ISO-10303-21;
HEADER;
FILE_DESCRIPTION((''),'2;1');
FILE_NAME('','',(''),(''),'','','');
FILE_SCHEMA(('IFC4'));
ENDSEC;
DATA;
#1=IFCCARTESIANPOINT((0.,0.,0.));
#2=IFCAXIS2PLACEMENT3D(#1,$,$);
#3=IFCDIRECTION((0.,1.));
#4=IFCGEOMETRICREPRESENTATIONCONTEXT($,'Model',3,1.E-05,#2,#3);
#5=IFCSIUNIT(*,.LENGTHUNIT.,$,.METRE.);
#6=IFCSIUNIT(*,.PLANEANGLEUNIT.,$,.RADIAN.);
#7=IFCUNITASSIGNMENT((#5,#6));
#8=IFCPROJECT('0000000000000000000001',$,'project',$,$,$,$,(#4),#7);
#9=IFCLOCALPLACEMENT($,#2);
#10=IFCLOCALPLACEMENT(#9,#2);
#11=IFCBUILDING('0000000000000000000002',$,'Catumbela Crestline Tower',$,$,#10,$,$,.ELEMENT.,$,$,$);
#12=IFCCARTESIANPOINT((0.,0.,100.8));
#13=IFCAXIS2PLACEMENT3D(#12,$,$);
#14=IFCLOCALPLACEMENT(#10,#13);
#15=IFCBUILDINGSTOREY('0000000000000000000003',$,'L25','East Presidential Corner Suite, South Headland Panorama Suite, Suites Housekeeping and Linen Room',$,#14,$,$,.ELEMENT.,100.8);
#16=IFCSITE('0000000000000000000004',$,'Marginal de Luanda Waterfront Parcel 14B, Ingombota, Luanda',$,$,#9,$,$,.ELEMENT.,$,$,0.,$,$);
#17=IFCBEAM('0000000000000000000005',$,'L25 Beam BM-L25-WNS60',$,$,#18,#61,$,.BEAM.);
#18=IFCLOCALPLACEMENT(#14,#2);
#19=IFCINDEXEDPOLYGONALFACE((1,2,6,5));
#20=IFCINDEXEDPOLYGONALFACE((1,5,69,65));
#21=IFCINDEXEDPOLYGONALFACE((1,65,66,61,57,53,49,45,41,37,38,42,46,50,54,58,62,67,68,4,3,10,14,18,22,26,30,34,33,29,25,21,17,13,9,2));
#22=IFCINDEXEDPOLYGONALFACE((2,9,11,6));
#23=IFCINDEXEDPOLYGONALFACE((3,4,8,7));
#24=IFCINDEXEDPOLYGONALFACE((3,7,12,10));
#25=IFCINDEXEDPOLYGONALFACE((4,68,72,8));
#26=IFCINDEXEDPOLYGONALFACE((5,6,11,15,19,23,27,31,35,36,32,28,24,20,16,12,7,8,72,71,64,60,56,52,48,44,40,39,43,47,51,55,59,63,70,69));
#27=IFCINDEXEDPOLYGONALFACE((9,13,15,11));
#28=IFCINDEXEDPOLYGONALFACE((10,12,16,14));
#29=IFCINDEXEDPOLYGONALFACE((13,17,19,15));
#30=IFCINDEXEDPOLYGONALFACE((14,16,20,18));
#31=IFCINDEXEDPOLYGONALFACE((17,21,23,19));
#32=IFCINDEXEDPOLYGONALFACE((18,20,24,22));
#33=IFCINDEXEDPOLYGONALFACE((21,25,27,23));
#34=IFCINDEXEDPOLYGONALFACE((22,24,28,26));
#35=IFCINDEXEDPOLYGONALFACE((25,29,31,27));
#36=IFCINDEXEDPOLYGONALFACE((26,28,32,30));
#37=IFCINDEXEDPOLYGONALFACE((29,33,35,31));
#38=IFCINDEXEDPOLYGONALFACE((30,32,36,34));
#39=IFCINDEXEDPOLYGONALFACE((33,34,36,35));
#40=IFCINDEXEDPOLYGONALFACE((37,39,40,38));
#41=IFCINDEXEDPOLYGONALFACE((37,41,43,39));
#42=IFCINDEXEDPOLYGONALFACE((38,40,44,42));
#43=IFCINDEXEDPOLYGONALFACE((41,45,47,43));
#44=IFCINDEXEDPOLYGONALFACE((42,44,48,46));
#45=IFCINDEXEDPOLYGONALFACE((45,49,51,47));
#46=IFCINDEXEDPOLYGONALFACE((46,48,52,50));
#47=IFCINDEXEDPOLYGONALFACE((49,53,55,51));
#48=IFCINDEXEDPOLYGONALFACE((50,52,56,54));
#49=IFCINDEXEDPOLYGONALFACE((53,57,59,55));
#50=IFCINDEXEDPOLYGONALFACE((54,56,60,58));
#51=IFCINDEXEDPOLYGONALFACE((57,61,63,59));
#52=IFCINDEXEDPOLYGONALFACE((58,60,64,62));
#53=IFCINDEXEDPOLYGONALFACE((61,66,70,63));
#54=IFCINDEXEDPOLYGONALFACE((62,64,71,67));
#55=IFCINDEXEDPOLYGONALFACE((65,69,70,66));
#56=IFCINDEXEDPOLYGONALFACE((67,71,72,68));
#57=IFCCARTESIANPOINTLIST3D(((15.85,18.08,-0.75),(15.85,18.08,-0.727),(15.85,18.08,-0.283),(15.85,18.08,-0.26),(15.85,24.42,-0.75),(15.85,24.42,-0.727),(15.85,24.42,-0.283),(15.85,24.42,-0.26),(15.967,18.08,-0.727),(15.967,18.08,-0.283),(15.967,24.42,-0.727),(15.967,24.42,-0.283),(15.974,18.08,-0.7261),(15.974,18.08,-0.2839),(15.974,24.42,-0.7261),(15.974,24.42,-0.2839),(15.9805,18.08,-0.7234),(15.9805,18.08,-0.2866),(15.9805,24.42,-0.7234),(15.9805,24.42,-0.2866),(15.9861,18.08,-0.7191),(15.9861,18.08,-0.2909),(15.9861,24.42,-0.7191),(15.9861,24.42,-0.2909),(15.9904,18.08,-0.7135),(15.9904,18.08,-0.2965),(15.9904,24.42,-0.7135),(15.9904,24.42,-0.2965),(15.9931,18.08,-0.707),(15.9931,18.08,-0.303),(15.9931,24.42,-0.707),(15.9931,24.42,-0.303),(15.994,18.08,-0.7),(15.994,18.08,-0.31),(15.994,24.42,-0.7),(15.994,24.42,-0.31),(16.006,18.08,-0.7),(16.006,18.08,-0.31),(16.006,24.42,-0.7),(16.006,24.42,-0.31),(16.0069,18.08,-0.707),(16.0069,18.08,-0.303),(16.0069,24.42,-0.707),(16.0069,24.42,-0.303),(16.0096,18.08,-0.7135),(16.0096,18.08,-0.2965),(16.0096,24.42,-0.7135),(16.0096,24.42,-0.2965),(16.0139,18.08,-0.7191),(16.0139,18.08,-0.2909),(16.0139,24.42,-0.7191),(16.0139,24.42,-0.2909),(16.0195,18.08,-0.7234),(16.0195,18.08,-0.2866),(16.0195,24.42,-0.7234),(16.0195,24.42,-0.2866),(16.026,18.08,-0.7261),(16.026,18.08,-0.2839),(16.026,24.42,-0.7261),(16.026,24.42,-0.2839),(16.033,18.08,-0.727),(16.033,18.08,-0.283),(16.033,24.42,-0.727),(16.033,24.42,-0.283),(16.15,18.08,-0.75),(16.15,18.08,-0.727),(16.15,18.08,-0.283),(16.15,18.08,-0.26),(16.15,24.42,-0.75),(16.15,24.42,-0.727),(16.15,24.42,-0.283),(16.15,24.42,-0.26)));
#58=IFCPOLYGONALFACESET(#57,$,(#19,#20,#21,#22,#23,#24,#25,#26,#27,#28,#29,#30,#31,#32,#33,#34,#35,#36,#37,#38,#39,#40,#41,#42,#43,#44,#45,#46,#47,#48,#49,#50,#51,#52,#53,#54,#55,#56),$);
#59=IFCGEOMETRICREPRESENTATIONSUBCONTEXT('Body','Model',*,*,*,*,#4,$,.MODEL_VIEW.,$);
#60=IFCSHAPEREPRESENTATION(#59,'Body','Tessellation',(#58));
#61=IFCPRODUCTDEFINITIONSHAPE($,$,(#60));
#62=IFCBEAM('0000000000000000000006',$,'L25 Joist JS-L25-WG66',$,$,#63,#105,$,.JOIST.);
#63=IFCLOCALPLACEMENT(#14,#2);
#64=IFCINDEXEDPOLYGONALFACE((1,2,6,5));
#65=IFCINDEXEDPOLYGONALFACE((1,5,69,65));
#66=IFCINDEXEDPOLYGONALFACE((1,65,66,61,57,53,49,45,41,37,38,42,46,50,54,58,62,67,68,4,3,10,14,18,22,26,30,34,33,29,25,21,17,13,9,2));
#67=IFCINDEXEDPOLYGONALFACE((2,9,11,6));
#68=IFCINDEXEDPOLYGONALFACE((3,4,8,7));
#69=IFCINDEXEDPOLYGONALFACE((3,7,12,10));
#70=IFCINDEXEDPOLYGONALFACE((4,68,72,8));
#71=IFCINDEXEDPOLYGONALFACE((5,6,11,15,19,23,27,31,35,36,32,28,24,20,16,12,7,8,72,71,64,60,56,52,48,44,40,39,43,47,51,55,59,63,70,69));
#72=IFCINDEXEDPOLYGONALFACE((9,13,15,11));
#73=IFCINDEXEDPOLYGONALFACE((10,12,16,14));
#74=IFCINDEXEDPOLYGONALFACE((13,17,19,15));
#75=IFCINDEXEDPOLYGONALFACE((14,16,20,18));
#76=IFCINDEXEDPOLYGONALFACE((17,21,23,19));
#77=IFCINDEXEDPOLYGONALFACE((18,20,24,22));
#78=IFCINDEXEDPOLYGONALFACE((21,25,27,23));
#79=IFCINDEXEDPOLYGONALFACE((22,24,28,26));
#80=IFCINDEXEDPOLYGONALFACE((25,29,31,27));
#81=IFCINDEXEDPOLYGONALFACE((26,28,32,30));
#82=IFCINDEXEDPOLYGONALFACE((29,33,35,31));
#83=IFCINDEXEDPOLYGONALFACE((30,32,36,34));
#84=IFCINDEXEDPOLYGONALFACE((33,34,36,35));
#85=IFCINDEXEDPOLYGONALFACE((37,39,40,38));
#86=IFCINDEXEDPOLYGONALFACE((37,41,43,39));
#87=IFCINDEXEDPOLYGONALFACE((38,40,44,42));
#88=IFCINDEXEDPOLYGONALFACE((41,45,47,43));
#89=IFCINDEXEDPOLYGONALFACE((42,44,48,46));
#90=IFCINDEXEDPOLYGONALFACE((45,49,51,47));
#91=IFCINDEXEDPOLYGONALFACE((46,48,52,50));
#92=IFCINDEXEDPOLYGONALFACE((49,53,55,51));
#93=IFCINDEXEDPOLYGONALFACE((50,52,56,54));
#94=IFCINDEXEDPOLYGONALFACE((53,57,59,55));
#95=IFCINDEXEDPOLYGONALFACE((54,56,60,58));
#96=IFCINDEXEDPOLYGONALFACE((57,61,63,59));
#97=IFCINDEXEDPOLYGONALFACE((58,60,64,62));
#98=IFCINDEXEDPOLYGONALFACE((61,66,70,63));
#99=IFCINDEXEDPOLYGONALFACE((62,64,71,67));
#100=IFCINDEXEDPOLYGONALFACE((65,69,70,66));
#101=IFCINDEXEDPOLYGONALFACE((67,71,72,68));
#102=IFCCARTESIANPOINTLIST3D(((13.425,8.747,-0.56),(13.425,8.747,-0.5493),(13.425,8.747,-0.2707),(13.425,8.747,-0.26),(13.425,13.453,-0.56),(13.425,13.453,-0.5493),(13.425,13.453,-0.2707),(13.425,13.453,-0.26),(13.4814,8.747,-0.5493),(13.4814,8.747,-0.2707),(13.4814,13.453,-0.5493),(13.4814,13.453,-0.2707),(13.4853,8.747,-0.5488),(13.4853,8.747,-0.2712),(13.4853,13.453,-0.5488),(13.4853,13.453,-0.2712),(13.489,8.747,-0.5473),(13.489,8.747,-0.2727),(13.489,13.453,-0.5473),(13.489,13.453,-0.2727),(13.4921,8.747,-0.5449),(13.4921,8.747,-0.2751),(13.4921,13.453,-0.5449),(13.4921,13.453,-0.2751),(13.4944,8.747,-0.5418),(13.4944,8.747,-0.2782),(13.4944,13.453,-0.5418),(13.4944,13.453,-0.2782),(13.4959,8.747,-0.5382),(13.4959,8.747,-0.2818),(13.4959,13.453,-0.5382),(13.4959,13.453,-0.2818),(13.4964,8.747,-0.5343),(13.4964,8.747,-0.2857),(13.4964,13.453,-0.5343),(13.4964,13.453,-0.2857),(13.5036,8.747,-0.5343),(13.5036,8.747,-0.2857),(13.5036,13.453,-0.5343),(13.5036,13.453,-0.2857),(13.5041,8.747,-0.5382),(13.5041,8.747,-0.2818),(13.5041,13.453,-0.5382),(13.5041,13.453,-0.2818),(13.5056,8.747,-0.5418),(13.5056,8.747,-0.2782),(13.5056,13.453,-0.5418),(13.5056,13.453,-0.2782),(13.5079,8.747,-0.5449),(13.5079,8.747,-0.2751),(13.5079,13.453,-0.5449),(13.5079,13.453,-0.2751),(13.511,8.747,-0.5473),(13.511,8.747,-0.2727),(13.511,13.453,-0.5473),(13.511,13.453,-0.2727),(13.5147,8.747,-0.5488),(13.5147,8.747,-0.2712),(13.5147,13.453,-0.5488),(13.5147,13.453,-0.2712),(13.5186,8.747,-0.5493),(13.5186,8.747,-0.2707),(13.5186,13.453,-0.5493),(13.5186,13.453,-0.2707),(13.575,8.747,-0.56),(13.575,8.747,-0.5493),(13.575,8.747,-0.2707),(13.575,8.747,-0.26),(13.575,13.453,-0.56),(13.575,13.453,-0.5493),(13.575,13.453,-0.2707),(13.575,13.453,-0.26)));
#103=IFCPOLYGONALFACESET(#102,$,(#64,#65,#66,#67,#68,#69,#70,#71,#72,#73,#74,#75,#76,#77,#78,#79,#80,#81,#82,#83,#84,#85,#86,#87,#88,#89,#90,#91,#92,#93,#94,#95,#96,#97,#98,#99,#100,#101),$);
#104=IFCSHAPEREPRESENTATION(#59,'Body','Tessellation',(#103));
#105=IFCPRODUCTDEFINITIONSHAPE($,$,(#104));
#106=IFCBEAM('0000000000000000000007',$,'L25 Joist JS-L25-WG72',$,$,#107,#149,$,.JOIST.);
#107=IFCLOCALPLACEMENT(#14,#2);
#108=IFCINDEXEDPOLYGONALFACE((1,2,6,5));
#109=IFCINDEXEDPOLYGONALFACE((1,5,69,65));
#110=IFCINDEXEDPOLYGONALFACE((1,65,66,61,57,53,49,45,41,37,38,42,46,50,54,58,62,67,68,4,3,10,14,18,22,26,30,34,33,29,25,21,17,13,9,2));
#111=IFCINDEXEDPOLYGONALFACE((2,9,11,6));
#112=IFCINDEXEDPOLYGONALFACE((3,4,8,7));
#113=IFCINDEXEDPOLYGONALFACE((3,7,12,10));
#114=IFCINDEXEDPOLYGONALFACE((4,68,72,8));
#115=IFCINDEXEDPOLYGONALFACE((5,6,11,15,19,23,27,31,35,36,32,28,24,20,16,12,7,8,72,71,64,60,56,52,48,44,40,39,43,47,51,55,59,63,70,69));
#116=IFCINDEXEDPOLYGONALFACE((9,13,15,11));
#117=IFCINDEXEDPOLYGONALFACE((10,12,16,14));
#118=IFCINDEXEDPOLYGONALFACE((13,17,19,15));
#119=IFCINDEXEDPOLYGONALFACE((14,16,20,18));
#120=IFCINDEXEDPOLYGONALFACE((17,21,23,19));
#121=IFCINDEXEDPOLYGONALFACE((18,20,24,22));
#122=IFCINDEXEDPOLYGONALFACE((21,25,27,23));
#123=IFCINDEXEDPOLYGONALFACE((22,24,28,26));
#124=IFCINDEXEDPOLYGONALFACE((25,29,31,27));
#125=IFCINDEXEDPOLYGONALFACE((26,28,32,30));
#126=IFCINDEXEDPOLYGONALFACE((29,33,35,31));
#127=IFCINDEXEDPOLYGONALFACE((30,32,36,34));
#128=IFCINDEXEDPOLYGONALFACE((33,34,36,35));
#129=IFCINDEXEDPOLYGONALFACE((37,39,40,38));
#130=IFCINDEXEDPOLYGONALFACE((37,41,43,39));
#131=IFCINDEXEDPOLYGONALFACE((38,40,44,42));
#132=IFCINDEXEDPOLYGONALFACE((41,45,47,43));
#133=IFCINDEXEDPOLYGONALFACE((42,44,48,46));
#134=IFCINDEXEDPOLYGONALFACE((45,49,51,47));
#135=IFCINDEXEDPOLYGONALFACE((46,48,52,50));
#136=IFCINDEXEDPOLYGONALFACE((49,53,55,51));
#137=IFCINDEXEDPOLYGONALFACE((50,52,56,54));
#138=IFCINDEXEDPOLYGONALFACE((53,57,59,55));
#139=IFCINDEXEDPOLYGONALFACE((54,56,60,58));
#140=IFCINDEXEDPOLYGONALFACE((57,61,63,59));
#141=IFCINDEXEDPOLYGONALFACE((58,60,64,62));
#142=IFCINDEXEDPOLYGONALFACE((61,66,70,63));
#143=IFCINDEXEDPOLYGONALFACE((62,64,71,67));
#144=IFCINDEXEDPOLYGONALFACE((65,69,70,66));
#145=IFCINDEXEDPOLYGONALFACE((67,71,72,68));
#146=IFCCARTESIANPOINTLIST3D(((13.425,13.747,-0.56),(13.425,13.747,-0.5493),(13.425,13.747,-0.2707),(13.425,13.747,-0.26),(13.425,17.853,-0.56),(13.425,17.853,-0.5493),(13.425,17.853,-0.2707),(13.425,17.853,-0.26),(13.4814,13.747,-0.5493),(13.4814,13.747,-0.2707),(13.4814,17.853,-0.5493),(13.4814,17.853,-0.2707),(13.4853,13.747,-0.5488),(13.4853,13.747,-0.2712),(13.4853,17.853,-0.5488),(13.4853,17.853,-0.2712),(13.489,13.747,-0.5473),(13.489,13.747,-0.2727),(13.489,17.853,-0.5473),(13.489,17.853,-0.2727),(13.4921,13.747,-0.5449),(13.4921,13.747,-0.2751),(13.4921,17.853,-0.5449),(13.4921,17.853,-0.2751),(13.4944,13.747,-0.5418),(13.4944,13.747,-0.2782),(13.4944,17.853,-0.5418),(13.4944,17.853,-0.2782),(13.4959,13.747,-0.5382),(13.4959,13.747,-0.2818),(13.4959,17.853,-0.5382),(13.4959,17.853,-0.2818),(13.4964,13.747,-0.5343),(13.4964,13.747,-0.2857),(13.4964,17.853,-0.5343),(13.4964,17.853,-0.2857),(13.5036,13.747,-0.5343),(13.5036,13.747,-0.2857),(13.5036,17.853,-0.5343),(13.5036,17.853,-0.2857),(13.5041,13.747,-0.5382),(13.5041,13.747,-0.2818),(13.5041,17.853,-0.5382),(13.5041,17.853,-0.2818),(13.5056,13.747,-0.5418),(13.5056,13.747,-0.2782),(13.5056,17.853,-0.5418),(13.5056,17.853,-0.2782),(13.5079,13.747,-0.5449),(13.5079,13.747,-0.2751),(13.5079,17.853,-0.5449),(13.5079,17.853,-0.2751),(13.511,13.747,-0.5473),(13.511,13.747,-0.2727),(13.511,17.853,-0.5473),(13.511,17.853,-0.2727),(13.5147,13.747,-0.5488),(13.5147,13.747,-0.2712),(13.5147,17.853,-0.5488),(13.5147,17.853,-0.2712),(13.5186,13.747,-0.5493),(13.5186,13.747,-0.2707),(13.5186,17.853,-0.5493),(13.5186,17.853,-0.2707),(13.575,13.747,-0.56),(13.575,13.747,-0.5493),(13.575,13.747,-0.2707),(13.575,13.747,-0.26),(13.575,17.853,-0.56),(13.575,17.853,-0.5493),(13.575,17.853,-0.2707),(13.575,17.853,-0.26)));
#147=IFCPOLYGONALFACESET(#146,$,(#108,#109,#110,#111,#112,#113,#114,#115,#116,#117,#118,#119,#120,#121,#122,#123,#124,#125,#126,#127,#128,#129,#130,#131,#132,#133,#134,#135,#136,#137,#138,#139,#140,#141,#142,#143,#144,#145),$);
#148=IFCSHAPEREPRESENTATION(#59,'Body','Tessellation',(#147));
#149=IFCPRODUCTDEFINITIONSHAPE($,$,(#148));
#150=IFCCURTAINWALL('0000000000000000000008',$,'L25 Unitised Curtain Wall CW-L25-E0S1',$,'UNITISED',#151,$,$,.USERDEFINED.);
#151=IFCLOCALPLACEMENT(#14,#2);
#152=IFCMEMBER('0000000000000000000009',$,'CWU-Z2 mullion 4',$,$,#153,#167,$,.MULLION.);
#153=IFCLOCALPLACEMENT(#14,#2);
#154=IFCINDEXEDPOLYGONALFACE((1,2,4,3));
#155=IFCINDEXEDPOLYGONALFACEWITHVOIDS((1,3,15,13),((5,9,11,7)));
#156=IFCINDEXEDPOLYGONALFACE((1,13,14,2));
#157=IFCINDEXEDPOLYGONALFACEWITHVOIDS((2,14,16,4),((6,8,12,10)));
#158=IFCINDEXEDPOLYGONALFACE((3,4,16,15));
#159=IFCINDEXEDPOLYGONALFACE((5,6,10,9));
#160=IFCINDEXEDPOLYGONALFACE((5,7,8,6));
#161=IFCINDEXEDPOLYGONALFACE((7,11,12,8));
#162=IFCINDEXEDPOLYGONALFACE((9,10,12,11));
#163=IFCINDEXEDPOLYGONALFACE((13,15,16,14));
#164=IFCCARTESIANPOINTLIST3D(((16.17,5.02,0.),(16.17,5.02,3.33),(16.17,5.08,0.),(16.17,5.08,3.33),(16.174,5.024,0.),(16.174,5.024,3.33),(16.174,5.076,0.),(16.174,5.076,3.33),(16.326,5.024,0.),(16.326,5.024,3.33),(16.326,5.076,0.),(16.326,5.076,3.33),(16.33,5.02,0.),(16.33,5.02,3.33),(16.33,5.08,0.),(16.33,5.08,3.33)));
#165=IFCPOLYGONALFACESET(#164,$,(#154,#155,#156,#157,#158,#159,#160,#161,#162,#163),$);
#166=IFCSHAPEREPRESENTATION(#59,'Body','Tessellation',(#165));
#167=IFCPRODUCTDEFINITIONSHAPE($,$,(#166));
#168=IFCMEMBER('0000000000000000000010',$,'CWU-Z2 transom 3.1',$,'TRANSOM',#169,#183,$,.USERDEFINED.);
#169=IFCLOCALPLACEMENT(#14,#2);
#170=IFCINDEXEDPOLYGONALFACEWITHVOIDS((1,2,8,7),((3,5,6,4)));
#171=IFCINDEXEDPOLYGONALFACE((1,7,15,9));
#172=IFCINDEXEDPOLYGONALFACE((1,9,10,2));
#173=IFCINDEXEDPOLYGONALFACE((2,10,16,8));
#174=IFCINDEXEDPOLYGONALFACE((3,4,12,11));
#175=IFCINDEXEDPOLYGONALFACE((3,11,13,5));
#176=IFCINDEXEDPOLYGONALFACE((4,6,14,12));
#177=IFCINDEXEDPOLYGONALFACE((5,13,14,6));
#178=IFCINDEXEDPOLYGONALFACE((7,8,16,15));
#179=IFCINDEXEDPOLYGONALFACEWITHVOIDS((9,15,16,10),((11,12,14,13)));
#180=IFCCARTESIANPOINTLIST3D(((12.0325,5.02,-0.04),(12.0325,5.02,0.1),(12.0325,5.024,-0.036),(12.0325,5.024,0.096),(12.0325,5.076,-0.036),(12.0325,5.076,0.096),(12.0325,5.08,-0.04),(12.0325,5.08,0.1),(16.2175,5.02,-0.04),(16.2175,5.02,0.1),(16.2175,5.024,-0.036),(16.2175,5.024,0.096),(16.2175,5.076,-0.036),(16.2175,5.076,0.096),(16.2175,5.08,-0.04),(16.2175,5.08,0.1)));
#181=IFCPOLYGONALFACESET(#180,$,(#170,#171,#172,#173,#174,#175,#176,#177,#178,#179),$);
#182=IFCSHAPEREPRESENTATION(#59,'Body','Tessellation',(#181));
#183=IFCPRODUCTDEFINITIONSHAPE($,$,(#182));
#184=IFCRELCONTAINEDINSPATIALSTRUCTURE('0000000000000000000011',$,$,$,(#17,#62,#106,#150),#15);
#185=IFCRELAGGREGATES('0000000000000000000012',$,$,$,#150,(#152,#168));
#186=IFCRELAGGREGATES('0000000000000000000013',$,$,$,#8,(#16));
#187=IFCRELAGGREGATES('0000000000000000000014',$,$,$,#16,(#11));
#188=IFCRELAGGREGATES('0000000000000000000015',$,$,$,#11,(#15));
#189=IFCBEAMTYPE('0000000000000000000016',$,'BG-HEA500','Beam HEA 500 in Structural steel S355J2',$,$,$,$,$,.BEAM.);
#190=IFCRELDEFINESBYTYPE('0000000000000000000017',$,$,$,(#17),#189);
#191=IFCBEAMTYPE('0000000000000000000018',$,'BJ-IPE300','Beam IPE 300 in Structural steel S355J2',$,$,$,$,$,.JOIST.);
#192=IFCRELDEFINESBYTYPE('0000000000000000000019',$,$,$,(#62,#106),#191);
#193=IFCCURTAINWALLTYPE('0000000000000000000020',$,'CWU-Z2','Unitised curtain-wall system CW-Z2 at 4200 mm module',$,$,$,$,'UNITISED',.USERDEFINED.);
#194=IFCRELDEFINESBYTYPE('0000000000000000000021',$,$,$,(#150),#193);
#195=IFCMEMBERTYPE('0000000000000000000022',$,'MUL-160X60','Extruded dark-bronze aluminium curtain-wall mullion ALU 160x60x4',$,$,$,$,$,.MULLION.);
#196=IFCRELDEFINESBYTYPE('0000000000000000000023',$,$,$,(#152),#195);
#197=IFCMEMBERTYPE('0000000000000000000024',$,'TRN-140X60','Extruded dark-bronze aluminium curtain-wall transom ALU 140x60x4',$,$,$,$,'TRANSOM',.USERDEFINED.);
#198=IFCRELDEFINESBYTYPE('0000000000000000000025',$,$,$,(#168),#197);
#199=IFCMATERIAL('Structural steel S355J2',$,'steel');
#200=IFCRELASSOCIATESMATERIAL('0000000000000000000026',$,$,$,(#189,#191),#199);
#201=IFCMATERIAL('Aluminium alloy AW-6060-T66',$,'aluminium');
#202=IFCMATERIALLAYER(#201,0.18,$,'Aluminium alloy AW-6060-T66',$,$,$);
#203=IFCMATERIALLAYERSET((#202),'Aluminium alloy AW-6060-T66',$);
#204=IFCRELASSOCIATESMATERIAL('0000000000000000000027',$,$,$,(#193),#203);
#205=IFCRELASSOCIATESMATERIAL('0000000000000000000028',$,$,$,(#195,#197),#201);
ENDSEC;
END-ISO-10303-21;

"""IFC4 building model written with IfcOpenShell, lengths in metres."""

from ifc_helpers import new_model, si_unit, direction, frame, origin, origin_2d, place, context, subcontext, project, spatial, hollow_rectangle, i_section, extrude, material, layer, layer_set, material_profile, profile_set, type_object, element, aggregate, save


model = new_model("IFC4")

# Units and contexts
model_context = context("Model", 3, precision=1e-05, world=origin(), true_north=direction((0.0, 1.0)))
body_context = subcontext(model_context, "Body", "Model", "MODEL_VIEW")
ifc_project = project(units=[si_unit("LENGTHUNIT", "METRE"), si_unit("PLANEANGLEUNIT", "RADIAN")], contexts=[model_context])

# Site, building, storey
site_placement = place(None, origin())
site = spatial("IfcSite", under=ifc_project, at=site_placement, Name="Marginal de Luanda Waterfront Parcel 14B, Ingombota, Luanda", CompositionType="ELEMENT", RefElevation=0.0)
building_placement = place(site_placement, origin())
building = spatial("IfcBuilding", under=site, at=building_placement, Name="Catumbela Crestline Tower", CompositionType="ELEMENT")
storey_placement = place(building_placement, frame((0.0, 0.0, 100.8)))
storey = spatial("IfcBuildingStorey", under=building, at=storey_placement, Name="L25", Description="East Presidential Corner Suite, South Headland Panorama Suite, Suites Housekeeping and Linen Room", CompositionType="ELEMENT", Elevation=100.8)

# Beams
ifc_material_1 = material(Name="Structural steel S355J2", Category="steel")
ifc_material_profile_1 = material_profile(ifc_material_1, i_section(OverallWidth=0.3, OverallDepth=0.49, WebThickness=0.012, FlangeThickness=0.023, FilletRadius=0.027, at=origin_2d()), Name="HEA 500")
ifc_profile_set_1 = profile_set([ifc_material_profile_1], Name="Structural steel S355J2")
beam_type_1 = type_object("IfcBeamType", Name="BG-HEA500", Description="Beam HEA 500 in Structural steel S355J2", PredefinedType="BEAM", material=ifc_profile_set_1)
beam_1_placement = place(storey_placement, frame((16.0, 18.08, -0.505), z_axis=(0.0, 1.0, 0.0), x_axis=(-1.0, 0.0, 0.0)))
element("IfcBeam", 1, at=beam_1_placement, inside=storey, type_object=beam_type_1, Name="L25 Beam BM-L25-WNS60", PredefinedType="BEAM", context=body_context, shape_type="SweptSolid", body=[
    extrude(i_section(OverallWidth=0.3, OverallDepth=0.49, WebThickness=0.012, FlangeThickness=0.023, FilletRadius=0.027, at=origin_2d()), origin(), (0.0, 0.0, 1.0), 6.34),
])
ifc_material_profile_2 = material_profile(ifc_material_1, i_section(OverallWidth=0.15, OverallDepth=0.3, WebThickness=0.0071, FlangeThickness=0.0107, FilletRadius=0.015, at=origin_2d()), Name="IPE 300")
ifc_profile_set_2 = profile_set([ifc_material_profile_2], Name="Structural steel S355J2")
beam_type_2 = type_object("IfcBeamType", Name="BJ-IPE300", Description="Beam IPE 300 in Structural steel S355J2", PredefinedType="JOIST", material=ifc_profile_set_2)
beam_2_placement = place(storey_placement, frame((13.5, 8.747, -0.41), z_axis=(0.0, 1.0, 0.0), x_axis=(-1.0, 0.0, 0.0)))
element("IfcBeam", 2, at=beam_2_placement, inside=storey, type_object=beam_type_2, Name="L25 Joist JS-L25-WG66", PredefinedType="JOIST", context=body_context, shape_type="SweptSolid", body=[
    extrude(i_section(OverallWidth=0.15, OverallDepth=0.3, WebThickness=0.0071, FlangeThickness=0.0107, FilletRadius=0.015, at=origin_2d()), origin(), (0.0, 0.0, 1.0), 4.706),
])
beam_3_placement = place(storey_placement, frame((13.5, 13.747, -0.41), z_axis=(0.0, 1.0, 0.0), x_axis=(-1.0, 0.0, 0.0)))
element("IfcBeam", 3, at=beam_3_placement, inside=storey, type_object=beam_type_2, Name="L25 Joist JS-L25-WG72", PredefinedType="JOIST", context=body_context, shape_type="SweptSolid", body=[
    extrude(i_section(OverallWidth=0.15, OverallDepth=0.3, WebThickness=0.0071, FlangeThickness=0.0107, FilletRadius=0.015, at=origin_2d()), origin(), (0.0, 0.0, 1.0), 4.106),
])

# Curtain wall, members
ifc_material_2 = material(Name="Aluminium alloy AW-6060-T66", Category="aluminium")
ifc_layer_1 = layer(ifc_material_2, 0.18, Name="Aluminium alloy AW-6060-T66")
ifc_layer_set_1 = layer_set([ifc_layer_1], Name="Aluminium alloy AW-6060-T66")
curtain_wall_type = type_object("IfcCurtainWallType", Name="CWU-Z2", Description="Unitised curtain-wall system CW-Z2 at 4200 mm module", ElementType="UNITISED", PredefinedType="USERDEFINED", material=ifc_layer_set_1)
curtain_wall_placement = place(storey_placement, origin())
curtain_wall = element("IfcCurtainWall", 4, at=curtain_wall_placement, inside=storey, type_object=curtain_wall_type, Name="L25 Unitised Curtain Wall CW-L25-E0S1", ObjectType="UNITISED", PredefinedType="USERDEFINED")
ifc_material_profile_3 = material_profile(ifc_material_2, hollow_rectangle(XDim=0.06, YDim=0.16, WallThickness=0.004, at=origin_2d()), Name="ALU 160x60x4")
ifc_profile_set_3 = profile_set([ifc_material_profile_3], Name="Aluminium alloy AW-6060-T66")
member_type_1 = type_object("IfcMemberType", Name="MUL-160X60", Description="Extruded dark-bronze aluminium curtain-wall mullion ALU 160x60x4", PredefinedType="MULLION", material=ifc_profile_set_3)
member_1_placement = place(storey_placement, frame((16.25, 5.05, 0.0), z_axis=(0.0, 0.0, 1.0), x_axis=(0.0, 1.0, 0.0)))
member_1 = element("IfcMember", 5, at=member_1_placement, type_object=member_type_1, Name="CWU-Z2 mullion 4", PredefinedType="MULLION", context=body_context, shape_type="SweptSolid", body=[
    extrude(hollow_rectangle(XDim=0.06, YDim=0.16, WallThickness=0.004, at=origin_2d()), origin(), (0.0, 0.0, 1.0), 3.33),
])
ifc_material_profile_4 = material_profile(ifc_material_2, hollow_rectangle(XDim=0.06, YDim=0.14, WallThickness=0.004, at=origin_2d()), Name="ALU 140x60x4")
ifc_profile_set_4 = profile_set([ifc_material_profile_4], Name="Aluminium alloy AW-6060-T66")
member_type_2 = type_object("IfcMemberType", Name="TRN-140X60", Description="Extruded dark-bronze aluminium curtain-wall transom ALU 140x60x4", ElementType="TRANSOM", PredefinedType="USERDEFINED", material=ifc_profile_set_4)
member_2_placement = place(storey_placement, frame((12.0325, 5.05, 0.03), z_axis=(1.0, 0.0, 0.0), x_axis=(0.0, 1.0, 0.0)))
member_2 = element("IfcMember", 6, at=member_2_placement, type_object=member_type_2, Name="CWU-Z2 transom 3.1", ObjectType="TRANSOM", PredefinedType="USERDEFINED", context=body_context, shape_type="SweptSolid", body=[
    extrude(hollow_rectangle(XDim=0.06, YDim=0.14, WallThickness=0.004, at=origin_2d()), origin(), (0.0, 0.0, 1.0), 4.185),
])
aggregate(curtain_wall, [member_1, member_2])

save(model, "model.ifc")
